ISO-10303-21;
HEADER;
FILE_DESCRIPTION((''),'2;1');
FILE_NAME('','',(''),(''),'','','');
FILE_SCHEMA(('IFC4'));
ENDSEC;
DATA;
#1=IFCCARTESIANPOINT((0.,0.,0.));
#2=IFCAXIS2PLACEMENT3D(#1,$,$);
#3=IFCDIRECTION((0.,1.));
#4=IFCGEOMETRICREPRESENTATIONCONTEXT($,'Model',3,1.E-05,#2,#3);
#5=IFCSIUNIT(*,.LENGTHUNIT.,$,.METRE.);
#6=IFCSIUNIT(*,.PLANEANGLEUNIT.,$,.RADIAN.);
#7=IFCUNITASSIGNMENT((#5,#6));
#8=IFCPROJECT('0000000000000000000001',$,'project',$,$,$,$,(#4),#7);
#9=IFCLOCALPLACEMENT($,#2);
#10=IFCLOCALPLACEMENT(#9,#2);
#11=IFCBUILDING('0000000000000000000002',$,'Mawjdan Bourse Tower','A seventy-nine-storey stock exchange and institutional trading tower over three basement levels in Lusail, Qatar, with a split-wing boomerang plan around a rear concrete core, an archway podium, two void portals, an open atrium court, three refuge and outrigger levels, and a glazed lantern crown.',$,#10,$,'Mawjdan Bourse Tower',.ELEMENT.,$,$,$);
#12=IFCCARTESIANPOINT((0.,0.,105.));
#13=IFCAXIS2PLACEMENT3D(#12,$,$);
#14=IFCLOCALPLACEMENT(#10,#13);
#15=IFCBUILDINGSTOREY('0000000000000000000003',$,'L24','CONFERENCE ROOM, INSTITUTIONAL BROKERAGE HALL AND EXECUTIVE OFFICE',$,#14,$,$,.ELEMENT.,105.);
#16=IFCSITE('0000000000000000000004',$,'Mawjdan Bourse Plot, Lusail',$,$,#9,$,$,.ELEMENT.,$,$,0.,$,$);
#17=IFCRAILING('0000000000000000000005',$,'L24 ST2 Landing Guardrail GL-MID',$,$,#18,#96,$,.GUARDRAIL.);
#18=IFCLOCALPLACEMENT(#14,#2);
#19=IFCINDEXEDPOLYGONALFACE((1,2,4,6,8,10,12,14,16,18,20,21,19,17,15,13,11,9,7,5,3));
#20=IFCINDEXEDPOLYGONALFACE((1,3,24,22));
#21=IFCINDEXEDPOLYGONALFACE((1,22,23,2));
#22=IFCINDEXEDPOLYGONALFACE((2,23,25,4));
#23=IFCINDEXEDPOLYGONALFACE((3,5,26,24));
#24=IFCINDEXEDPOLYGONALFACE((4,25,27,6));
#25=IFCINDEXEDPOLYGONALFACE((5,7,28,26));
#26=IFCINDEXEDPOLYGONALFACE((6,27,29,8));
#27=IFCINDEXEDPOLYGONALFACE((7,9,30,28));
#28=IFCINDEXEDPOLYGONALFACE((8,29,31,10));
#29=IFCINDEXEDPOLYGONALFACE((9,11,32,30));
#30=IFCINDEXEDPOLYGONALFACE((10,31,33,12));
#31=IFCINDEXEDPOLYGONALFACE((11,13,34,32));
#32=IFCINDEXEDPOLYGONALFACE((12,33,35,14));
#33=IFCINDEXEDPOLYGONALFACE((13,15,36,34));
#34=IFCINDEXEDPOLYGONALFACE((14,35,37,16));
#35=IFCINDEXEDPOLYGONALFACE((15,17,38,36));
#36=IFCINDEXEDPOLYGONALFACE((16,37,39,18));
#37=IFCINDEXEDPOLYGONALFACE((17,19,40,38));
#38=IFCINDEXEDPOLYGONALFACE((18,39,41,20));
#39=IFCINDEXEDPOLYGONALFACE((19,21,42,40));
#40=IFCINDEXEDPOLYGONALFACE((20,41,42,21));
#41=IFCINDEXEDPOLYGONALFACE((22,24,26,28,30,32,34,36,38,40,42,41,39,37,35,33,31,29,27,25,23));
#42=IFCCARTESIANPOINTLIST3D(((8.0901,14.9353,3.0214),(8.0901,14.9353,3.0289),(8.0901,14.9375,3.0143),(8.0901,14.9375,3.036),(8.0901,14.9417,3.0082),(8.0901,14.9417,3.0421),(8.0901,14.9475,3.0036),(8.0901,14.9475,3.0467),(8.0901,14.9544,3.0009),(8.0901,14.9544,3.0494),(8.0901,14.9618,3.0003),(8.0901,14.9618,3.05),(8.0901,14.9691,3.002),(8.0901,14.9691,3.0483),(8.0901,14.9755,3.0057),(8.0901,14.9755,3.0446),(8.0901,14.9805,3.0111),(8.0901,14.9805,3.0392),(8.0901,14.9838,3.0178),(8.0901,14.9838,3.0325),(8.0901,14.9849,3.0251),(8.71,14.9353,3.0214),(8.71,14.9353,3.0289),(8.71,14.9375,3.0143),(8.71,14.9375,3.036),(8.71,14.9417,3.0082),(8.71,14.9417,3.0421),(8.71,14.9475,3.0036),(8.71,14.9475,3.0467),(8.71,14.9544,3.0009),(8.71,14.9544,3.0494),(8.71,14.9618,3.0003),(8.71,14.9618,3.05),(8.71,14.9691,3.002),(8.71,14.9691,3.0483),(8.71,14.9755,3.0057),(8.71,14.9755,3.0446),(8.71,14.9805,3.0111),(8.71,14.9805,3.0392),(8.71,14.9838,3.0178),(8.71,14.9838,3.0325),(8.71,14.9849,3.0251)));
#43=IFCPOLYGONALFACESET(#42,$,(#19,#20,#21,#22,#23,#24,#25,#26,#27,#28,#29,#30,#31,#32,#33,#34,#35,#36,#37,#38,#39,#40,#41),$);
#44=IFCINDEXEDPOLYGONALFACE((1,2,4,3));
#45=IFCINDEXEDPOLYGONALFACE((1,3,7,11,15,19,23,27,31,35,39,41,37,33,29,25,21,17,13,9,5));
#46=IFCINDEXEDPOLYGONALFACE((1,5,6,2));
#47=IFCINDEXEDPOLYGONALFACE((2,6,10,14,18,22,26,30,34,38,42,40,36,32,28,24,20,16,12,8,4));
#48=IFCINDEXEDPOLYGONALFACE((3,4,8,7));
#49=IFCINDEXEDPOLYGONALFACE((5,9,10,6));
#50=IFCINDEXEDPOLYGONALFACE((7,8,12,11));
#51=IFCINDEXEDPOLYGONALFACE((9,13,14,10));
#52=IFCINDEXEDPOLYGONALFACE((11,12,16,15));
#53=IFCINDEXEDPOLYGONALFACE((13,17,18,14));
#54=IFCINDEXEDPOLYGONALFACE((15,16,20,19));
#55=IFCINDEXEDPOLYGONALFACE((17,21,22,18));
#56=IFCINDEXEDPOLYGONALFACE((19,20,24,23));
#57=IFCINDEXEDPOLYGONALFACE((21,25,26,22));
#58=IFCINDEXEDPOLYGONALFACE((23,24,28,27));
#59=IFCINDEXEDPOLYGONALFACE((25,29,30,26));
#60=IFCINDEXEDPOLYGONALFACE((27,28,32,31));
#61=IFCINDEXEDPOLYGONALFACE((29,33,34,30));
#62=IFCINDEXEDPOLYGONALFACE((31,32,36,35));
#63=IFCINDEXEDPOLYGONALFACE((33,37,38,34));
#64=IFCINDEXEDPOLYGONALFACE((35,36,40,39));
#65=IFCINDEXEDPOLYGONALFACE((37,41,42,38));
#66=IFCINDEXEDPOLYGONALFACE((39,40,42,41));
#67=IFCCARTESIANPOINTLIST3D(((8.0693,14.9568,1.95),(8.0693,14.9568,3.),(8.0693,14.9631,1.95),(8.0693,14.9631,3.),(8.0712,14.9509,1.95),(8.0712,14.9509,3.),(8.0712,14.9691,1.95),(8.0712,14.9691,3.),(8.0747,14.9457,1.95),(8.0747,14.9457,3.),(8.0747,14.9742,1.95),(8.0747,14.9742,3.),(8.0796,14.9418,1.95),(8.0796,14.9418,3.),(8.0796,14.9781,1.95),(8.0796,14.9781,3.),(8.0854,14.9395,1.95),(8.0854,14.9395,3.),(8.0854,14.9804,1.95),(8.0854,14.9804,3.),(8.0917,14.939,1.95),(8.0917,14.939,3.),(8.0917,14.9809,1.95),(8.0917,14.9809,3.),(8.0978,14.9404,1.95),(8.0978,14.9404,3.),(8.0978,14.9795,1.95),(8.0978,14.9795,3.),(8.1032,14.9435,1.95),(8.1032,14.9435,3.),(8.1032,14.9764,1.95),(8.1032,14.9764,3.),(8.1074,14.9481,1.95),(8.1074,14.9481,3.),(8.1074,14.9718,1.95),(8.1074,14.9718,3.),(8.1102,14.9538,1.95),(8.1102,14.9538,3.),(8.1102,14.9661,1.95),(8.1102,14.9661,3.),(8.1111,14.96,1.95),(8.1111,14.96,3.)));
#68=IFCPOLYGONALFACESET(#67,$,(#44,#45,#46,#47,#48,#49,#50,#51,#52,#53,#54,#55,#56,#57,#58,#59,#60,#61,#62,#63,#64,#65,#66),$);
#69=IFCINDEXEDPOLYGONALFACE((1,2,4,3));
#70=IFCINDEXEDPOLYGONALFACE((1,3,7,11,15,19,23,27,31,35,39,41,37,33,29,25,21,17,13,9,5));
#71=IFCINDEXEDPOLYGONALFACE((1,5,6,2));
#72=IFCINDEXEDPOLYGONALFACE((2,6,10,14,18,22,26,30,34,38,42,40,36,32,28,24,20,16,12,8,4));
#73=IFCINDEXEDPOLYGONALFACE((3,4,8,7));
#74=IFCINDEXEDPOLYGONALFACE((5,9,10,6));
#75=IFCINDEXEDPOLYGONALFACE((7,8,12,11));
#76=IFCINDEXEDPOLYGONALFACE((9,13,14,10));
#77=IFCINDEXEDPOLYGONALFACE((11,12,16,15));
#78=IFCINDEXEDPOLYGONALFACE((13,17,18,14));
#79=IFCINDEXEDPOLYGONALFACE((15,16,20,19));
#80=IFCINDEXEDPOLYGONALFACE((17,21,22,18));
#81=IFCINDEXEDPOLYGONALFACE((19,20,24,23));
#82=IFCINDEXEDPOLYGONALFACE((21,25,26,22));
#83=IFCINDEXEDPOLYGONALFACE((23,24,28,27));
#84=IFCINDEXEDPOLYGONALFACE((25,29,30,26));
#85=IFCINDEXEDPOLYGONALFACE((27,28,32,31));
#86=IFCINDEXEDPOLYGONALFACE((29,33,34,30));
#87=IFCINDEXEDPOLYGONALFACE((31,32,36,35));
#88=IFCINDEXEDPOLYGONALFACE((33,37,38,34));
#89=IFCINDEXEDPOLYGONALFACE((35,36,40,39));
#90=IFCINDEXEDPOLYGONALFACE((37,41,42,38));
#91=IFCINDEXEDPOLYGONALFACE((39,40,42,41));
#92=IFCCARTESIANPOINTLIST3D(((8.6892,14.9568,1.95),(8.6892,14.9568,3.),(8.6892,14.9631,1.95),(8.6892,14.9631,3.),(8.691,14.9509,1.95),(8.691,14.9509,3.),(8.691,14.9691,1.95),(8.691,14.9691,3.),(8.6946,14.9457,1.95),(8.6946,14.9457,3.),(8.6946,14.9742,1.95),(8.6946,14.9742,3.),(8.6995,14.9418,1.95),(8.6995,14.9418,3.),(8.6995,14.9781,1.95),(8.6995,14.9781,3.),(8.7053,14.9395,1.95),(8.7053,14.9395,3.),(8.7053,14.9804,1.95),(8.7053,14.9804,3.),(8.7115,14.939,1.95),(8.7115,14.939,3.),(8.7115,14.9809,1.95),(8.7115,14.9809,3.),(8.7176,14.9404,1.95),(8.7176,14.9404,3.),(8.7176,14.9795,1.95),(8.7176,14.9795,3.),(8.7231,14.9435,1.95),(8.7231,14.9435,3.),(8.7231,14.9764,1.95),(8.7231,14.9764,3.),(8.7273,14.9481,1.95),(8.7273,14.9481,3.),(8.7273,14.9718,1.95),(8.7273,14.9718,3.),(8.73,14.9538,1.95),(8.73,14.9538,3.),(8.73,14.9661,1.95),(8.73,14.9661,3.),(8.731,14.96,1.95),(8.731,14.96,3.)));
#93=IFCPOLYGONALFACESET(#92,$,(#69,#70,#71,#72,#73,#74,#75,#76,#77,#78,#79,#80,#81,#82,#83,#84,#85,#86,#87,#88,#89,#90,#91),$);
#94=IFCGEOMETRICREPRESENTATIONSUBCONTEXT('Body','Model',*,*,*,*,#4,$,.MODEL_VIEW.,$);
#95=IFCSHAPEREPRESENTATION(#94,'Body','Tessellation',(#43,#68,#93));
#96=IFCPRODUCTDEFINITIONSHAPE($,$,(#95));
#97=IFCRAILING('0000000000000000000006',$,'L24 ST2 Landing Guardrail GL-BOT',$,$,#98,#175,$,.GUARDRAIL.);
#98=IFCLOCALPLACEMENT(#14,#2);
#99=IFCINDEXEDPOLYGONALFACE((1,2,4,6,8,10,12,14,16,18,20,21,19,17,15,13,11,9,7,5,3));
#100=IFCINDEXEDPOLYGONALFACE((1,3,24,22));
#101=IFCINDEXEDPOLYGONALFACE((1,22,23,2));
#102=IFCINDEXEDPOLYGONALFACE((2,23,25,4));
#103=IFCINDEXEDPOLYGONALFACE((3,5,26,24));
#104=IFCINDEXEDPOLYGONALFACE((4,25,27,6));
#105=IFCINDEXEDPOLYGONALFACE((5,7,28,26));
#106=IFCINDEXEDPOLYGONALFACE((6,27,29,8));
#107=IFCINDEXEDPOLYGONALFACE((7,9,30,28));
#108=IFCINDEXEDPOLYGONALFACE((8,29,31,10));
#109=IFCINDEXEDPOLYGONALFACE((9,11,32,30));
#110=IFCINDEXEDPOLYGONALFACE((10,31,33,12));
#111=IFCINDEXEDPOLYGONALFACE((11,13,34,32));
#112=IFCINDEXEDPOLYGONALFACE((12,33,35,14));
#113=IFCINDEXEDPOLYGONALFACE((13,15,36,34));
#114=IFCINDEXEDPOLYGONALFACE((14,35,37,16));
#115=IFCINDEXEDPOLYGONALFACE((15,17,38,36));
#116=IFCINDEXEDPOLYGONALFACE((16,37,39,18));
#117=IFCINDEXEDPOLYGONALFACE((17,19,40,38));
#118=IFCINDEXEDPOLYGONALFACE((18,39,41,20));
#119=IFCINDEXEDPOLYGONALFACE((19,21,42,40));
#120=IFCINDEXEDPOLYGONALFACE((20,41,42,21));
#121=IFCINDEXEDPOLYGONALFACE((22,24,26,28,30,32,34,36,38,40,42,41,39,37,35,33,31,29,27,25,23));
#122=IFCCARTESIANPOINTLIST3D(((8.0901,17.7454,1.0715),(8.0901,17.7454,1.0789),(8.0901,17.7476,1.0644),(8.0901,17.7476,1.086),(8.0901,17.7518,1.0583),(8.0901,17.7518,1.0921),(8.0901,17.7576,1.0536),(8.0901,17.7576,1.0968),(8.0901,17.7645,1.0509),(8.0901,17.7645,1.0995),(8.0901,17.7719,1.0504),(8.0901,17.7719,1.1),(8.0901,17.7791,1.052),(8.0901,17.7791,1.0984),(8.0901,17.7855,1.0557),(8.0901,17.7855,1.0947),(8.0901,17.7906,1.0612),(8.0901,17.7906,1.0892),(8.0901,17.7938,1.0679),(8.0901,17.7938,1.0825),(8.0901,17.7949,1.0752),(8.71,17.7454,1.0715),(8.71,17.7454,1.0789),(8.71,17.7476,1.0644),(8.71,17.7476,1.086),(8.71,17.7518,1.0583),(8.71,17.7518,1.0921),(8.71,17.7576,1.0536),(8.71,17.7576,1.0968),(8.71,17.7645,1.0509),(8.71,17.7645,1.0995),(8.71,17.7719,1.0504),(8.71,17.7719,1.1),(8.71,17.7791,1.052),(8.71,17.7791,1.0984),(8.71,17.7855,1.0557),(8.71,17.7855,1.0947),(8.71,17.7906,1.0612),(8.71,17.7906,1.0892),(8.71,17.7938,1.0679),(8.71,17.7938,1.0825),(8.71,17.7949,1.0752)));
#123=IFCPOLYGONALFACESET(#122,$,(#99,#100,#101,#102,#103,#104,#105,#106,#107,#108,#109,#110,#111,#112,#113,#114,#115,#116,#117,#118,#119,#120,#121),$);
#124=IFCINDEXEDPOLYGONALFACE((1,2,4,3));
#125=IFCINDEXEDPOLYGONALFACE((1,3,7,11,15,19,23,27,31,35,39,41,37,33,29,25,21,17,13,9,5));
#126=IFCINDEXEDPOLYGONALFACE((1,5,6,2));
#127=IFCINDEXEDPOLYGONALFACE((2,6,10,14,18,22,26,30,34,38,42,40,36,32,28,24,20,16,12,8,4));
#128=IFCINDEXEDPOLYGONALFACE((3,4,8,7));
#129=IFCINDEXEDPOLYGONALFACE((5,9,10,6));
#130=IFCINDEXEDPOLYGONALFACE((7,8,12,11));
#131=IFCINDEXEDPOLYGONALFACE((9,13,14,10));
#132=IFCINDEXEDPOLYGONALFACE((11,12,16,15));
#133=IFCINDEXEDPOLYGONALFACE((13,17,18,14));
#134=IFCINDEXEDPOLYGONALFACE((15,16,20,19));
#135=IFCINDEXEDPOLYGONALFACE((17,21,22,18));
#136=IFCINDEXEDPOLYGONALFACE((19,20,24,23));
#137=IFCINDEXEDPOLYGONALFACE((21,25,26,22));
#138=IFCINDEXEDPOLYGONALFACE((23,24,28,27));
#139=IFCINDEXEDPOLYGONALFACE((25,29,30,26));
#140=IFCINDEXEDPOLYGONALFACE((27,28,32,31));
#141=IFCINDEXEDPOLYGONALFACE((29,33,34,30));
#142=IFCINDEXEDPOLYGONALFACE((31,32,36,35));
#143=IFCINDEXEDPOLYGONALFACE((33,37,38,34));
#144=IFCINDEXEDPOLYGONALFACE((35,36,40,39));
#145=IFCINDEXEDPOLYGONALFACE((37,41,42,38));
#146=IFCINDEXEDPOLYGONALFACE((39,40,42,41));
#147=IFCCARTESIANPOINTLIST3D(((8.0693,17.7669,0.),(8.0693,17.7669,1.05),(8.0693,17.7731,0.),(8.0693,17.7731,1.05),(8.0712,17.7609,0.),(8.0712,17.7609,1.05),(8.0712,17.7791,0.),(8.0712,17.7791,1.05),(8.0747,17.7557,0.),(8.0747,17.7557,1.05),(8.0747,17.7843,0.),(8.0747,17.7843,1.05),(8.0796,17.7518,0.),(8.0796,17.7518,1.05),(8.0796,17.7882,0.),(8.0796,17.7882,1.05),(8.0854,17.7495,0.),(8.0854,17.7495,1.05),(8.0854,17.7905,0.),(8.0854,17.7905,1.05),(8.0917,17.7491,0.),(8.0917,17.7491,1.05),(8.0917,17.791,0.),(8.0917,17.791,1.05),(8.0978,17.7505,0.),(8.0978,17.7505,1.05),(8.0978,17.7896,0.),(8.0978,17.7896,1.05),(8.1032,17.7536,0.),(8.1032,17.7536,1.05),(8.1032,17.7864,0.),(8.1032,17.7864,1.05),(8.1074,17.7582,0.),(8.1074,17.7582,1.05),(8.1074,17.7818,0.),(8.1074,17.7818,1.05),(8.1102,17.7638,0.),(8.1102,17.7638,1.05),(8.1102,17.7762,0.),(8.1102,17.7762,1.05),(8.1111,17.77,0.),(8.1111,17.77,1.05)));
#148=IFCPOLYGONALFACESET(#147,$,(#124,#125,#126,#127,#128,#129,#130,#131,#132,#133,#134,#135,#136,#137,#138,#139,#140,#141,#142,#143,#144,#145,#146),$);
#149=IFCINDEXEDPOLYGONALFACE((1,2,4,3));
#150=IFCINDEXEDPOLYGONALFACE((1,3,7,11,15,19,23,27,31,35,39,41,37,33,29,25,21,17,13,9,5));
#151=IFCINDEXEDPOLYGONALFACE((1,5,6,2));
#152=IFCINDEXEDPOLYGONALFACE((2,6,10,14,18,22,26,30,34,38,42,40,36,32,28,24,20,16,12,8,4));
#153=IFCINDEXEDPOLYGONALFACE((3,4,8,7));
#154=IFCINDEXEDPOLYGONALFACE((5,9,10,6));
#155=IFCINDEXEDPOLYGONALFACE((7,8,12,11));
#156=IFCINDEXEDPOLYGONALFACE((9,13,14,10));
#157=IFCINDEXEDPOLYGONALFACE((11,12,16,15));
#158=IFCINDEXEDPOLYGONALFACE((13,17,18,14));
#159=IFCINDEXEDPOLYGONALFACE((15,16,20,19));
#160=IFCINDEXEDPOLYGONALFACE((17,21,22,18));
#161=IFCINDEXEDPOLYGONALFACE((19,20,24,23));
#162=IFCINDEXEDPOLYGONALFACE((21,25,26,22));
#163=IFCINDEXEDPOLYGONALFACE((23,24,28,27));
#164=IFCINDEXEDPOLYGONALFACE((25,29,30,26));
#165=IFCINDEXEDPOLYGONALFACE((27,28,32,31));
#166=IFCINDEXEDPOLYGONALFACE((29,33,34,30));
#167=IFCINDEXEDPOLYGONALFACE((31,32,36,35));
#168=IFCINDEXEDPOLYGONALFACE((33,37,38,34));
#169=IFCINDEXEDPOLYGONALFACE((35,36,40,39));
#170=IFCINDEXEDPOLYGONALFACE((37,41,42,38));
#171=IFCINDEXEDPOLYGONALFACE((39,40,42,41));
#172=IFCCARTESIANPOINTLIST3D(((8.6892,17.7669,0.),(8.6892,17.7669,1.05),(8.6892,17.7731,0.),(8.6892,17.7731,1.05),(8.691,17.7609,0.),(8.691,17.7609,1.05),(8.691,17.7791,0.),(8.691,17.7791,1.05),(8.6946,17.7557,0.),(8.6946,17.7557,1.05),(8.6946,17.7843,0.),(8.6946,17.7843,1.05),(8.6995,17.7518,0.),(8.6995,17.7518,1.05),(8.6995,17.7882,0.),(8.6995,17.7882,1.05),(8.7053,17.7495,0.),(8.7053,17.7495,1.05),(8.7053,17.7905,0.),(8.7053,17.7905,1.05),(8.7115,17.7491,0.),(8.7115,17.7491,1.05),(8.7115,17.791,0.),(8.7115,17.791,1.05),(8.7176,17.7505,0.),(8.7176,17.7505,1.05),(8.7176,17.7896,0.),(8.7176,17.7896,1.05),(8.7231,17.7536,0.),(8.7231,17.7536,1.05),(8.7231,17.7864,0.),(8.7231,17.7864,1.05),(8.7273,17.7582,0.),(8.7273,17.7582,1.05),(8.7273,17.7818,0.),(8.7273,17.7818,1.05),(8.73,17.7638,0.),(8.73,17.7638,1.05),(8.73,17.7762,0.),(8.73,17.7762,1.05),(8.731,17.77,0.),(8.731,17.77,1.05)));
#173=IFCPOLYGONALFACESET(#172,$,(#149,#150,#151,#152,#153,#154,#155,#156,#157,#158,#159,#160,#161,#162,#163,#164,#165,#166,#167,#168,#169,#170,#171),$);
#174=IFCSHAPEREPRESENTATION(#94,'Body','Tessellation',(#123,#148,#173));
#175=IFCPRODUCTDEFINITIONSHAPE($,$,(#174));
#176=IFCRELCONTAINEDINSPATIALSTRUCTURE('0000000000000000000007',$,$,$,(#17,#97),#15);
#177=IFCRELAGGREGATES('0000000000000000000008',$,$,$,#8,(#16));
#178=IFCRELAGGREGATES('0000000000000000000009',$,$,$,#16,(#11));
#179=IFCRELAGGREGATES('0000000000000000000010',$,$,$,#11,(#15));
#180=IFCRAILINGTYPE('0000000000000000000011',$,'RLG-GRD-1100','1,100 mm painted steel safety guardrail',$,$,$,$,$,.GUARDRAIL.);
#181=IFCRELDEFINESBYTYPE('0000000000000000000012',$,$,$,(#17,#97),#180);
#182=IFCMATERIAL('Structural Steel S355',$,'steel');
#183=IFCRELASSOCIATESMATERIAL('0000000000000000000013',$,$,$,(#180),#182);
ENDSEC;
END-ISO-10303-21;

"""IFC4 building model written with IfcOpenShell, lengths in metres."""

from ifc_helpers import new_model, si_unit, direction, frame, origin, origin_2d, place, context, subcontext, project, spatial, circle, extrude, material, type_object, element, save


model = new_model("IFC4")

# Units and contexts
model_context = context("Model", 3, precision=1e-05, world=origin(), true_north=direction((0.0, 1.0)))
body_context = subcontext(model_context, "Body", "Model", "MODEL_VIEW")
ifc_project = project(units=[si_unit("LENGTHUNIT", "METRE"), si_unit("PLANEANGLEUNIT", "RADIAN")], contexts=[model_context])

# Site, building, storey
site_placement = place(None, origin())
site = spatial("IfcSite", under=ifc_project, at=site_placement, Name="Mawjdan Bourse Plot, Lusail", CompositionType="ELEMENT", RefElevation=0.0)
building_placement = place(site_placement, origin())
building = spatial("IfcBuilding", under=site, at=building_placement, Name="Mawjdan Bourse Tower", Description="A seventy-nine-storey stock exchange and institutional trading tower over three basement levels in Lusail, Qatar, with a split-wing boomerang plan around a rear concrete core, an archway podium, two void portals, an open atrium court, three refuge and outrigger levels, and a glazed lantern crown.", LongName="Mawjdan Bourse Tower", CompositionType="ELEMENT")
storey_placement = place(building_placement, frame((0.0, 0.0, 105.0)))
storey = spatial("IfcBuildingStorey", under=building, at=storey_placement, Name="L24", Description="CONFERENCE ROOM, INSTITUTIONAL BROKERAGE HALL AND EXECUTIVE OFFICE", CompositionType="ELEMENT", Elevation=105.0)

# Shared definitions
ifc_material_1 = material(Name="Structural Steel S355", Category="steel")

# Railings
railing_type_1 = type_object("IfcRailingType", Name="RLG-GRD-1100", Description="1,100 mm painted steel safety guardrail", PredefinedType="GUARDRAIL", material=ifc_material_1)
for number, where, name in (
    (1, (8.0901, 14.96, 1.95), "L24 ST2 Landing Guardrail GL-MID"),
    (2, (8.0901, 17.77, 0.0), "L24 ST2 Landing Guardrail GL-BOT"),
):
    element("IfcRailing", number, at=place(storey_placement, frame(where)), inside=storey, type_object=railing_type_1, Name=name, PredefinedType="GUARDRAIL", context=body_context, shape_type="SweptSolid", body=[
        extrude(circle(Radius=0.0249, at=origin_2d()), frame((0.0, 0.0, 1.0752), z_axis=(1.0, 0.0, 0.0), x_axis=(0.0, 1.0, 0.0)), (0.0, 0.0, 1.0), 0.6199),
        extrude(circle(Radius=0.021, at=origin_2d()), origin(), (0.0, 0.0, 1.0), 1.05),
        extrude(circle(Radius=0.021, at=origin_2d()), frame((0.6199, 0.0, 0.0)), (0.0, 0.0, 1.0), 1.05),
    ])

save(model, "model.ifc")
